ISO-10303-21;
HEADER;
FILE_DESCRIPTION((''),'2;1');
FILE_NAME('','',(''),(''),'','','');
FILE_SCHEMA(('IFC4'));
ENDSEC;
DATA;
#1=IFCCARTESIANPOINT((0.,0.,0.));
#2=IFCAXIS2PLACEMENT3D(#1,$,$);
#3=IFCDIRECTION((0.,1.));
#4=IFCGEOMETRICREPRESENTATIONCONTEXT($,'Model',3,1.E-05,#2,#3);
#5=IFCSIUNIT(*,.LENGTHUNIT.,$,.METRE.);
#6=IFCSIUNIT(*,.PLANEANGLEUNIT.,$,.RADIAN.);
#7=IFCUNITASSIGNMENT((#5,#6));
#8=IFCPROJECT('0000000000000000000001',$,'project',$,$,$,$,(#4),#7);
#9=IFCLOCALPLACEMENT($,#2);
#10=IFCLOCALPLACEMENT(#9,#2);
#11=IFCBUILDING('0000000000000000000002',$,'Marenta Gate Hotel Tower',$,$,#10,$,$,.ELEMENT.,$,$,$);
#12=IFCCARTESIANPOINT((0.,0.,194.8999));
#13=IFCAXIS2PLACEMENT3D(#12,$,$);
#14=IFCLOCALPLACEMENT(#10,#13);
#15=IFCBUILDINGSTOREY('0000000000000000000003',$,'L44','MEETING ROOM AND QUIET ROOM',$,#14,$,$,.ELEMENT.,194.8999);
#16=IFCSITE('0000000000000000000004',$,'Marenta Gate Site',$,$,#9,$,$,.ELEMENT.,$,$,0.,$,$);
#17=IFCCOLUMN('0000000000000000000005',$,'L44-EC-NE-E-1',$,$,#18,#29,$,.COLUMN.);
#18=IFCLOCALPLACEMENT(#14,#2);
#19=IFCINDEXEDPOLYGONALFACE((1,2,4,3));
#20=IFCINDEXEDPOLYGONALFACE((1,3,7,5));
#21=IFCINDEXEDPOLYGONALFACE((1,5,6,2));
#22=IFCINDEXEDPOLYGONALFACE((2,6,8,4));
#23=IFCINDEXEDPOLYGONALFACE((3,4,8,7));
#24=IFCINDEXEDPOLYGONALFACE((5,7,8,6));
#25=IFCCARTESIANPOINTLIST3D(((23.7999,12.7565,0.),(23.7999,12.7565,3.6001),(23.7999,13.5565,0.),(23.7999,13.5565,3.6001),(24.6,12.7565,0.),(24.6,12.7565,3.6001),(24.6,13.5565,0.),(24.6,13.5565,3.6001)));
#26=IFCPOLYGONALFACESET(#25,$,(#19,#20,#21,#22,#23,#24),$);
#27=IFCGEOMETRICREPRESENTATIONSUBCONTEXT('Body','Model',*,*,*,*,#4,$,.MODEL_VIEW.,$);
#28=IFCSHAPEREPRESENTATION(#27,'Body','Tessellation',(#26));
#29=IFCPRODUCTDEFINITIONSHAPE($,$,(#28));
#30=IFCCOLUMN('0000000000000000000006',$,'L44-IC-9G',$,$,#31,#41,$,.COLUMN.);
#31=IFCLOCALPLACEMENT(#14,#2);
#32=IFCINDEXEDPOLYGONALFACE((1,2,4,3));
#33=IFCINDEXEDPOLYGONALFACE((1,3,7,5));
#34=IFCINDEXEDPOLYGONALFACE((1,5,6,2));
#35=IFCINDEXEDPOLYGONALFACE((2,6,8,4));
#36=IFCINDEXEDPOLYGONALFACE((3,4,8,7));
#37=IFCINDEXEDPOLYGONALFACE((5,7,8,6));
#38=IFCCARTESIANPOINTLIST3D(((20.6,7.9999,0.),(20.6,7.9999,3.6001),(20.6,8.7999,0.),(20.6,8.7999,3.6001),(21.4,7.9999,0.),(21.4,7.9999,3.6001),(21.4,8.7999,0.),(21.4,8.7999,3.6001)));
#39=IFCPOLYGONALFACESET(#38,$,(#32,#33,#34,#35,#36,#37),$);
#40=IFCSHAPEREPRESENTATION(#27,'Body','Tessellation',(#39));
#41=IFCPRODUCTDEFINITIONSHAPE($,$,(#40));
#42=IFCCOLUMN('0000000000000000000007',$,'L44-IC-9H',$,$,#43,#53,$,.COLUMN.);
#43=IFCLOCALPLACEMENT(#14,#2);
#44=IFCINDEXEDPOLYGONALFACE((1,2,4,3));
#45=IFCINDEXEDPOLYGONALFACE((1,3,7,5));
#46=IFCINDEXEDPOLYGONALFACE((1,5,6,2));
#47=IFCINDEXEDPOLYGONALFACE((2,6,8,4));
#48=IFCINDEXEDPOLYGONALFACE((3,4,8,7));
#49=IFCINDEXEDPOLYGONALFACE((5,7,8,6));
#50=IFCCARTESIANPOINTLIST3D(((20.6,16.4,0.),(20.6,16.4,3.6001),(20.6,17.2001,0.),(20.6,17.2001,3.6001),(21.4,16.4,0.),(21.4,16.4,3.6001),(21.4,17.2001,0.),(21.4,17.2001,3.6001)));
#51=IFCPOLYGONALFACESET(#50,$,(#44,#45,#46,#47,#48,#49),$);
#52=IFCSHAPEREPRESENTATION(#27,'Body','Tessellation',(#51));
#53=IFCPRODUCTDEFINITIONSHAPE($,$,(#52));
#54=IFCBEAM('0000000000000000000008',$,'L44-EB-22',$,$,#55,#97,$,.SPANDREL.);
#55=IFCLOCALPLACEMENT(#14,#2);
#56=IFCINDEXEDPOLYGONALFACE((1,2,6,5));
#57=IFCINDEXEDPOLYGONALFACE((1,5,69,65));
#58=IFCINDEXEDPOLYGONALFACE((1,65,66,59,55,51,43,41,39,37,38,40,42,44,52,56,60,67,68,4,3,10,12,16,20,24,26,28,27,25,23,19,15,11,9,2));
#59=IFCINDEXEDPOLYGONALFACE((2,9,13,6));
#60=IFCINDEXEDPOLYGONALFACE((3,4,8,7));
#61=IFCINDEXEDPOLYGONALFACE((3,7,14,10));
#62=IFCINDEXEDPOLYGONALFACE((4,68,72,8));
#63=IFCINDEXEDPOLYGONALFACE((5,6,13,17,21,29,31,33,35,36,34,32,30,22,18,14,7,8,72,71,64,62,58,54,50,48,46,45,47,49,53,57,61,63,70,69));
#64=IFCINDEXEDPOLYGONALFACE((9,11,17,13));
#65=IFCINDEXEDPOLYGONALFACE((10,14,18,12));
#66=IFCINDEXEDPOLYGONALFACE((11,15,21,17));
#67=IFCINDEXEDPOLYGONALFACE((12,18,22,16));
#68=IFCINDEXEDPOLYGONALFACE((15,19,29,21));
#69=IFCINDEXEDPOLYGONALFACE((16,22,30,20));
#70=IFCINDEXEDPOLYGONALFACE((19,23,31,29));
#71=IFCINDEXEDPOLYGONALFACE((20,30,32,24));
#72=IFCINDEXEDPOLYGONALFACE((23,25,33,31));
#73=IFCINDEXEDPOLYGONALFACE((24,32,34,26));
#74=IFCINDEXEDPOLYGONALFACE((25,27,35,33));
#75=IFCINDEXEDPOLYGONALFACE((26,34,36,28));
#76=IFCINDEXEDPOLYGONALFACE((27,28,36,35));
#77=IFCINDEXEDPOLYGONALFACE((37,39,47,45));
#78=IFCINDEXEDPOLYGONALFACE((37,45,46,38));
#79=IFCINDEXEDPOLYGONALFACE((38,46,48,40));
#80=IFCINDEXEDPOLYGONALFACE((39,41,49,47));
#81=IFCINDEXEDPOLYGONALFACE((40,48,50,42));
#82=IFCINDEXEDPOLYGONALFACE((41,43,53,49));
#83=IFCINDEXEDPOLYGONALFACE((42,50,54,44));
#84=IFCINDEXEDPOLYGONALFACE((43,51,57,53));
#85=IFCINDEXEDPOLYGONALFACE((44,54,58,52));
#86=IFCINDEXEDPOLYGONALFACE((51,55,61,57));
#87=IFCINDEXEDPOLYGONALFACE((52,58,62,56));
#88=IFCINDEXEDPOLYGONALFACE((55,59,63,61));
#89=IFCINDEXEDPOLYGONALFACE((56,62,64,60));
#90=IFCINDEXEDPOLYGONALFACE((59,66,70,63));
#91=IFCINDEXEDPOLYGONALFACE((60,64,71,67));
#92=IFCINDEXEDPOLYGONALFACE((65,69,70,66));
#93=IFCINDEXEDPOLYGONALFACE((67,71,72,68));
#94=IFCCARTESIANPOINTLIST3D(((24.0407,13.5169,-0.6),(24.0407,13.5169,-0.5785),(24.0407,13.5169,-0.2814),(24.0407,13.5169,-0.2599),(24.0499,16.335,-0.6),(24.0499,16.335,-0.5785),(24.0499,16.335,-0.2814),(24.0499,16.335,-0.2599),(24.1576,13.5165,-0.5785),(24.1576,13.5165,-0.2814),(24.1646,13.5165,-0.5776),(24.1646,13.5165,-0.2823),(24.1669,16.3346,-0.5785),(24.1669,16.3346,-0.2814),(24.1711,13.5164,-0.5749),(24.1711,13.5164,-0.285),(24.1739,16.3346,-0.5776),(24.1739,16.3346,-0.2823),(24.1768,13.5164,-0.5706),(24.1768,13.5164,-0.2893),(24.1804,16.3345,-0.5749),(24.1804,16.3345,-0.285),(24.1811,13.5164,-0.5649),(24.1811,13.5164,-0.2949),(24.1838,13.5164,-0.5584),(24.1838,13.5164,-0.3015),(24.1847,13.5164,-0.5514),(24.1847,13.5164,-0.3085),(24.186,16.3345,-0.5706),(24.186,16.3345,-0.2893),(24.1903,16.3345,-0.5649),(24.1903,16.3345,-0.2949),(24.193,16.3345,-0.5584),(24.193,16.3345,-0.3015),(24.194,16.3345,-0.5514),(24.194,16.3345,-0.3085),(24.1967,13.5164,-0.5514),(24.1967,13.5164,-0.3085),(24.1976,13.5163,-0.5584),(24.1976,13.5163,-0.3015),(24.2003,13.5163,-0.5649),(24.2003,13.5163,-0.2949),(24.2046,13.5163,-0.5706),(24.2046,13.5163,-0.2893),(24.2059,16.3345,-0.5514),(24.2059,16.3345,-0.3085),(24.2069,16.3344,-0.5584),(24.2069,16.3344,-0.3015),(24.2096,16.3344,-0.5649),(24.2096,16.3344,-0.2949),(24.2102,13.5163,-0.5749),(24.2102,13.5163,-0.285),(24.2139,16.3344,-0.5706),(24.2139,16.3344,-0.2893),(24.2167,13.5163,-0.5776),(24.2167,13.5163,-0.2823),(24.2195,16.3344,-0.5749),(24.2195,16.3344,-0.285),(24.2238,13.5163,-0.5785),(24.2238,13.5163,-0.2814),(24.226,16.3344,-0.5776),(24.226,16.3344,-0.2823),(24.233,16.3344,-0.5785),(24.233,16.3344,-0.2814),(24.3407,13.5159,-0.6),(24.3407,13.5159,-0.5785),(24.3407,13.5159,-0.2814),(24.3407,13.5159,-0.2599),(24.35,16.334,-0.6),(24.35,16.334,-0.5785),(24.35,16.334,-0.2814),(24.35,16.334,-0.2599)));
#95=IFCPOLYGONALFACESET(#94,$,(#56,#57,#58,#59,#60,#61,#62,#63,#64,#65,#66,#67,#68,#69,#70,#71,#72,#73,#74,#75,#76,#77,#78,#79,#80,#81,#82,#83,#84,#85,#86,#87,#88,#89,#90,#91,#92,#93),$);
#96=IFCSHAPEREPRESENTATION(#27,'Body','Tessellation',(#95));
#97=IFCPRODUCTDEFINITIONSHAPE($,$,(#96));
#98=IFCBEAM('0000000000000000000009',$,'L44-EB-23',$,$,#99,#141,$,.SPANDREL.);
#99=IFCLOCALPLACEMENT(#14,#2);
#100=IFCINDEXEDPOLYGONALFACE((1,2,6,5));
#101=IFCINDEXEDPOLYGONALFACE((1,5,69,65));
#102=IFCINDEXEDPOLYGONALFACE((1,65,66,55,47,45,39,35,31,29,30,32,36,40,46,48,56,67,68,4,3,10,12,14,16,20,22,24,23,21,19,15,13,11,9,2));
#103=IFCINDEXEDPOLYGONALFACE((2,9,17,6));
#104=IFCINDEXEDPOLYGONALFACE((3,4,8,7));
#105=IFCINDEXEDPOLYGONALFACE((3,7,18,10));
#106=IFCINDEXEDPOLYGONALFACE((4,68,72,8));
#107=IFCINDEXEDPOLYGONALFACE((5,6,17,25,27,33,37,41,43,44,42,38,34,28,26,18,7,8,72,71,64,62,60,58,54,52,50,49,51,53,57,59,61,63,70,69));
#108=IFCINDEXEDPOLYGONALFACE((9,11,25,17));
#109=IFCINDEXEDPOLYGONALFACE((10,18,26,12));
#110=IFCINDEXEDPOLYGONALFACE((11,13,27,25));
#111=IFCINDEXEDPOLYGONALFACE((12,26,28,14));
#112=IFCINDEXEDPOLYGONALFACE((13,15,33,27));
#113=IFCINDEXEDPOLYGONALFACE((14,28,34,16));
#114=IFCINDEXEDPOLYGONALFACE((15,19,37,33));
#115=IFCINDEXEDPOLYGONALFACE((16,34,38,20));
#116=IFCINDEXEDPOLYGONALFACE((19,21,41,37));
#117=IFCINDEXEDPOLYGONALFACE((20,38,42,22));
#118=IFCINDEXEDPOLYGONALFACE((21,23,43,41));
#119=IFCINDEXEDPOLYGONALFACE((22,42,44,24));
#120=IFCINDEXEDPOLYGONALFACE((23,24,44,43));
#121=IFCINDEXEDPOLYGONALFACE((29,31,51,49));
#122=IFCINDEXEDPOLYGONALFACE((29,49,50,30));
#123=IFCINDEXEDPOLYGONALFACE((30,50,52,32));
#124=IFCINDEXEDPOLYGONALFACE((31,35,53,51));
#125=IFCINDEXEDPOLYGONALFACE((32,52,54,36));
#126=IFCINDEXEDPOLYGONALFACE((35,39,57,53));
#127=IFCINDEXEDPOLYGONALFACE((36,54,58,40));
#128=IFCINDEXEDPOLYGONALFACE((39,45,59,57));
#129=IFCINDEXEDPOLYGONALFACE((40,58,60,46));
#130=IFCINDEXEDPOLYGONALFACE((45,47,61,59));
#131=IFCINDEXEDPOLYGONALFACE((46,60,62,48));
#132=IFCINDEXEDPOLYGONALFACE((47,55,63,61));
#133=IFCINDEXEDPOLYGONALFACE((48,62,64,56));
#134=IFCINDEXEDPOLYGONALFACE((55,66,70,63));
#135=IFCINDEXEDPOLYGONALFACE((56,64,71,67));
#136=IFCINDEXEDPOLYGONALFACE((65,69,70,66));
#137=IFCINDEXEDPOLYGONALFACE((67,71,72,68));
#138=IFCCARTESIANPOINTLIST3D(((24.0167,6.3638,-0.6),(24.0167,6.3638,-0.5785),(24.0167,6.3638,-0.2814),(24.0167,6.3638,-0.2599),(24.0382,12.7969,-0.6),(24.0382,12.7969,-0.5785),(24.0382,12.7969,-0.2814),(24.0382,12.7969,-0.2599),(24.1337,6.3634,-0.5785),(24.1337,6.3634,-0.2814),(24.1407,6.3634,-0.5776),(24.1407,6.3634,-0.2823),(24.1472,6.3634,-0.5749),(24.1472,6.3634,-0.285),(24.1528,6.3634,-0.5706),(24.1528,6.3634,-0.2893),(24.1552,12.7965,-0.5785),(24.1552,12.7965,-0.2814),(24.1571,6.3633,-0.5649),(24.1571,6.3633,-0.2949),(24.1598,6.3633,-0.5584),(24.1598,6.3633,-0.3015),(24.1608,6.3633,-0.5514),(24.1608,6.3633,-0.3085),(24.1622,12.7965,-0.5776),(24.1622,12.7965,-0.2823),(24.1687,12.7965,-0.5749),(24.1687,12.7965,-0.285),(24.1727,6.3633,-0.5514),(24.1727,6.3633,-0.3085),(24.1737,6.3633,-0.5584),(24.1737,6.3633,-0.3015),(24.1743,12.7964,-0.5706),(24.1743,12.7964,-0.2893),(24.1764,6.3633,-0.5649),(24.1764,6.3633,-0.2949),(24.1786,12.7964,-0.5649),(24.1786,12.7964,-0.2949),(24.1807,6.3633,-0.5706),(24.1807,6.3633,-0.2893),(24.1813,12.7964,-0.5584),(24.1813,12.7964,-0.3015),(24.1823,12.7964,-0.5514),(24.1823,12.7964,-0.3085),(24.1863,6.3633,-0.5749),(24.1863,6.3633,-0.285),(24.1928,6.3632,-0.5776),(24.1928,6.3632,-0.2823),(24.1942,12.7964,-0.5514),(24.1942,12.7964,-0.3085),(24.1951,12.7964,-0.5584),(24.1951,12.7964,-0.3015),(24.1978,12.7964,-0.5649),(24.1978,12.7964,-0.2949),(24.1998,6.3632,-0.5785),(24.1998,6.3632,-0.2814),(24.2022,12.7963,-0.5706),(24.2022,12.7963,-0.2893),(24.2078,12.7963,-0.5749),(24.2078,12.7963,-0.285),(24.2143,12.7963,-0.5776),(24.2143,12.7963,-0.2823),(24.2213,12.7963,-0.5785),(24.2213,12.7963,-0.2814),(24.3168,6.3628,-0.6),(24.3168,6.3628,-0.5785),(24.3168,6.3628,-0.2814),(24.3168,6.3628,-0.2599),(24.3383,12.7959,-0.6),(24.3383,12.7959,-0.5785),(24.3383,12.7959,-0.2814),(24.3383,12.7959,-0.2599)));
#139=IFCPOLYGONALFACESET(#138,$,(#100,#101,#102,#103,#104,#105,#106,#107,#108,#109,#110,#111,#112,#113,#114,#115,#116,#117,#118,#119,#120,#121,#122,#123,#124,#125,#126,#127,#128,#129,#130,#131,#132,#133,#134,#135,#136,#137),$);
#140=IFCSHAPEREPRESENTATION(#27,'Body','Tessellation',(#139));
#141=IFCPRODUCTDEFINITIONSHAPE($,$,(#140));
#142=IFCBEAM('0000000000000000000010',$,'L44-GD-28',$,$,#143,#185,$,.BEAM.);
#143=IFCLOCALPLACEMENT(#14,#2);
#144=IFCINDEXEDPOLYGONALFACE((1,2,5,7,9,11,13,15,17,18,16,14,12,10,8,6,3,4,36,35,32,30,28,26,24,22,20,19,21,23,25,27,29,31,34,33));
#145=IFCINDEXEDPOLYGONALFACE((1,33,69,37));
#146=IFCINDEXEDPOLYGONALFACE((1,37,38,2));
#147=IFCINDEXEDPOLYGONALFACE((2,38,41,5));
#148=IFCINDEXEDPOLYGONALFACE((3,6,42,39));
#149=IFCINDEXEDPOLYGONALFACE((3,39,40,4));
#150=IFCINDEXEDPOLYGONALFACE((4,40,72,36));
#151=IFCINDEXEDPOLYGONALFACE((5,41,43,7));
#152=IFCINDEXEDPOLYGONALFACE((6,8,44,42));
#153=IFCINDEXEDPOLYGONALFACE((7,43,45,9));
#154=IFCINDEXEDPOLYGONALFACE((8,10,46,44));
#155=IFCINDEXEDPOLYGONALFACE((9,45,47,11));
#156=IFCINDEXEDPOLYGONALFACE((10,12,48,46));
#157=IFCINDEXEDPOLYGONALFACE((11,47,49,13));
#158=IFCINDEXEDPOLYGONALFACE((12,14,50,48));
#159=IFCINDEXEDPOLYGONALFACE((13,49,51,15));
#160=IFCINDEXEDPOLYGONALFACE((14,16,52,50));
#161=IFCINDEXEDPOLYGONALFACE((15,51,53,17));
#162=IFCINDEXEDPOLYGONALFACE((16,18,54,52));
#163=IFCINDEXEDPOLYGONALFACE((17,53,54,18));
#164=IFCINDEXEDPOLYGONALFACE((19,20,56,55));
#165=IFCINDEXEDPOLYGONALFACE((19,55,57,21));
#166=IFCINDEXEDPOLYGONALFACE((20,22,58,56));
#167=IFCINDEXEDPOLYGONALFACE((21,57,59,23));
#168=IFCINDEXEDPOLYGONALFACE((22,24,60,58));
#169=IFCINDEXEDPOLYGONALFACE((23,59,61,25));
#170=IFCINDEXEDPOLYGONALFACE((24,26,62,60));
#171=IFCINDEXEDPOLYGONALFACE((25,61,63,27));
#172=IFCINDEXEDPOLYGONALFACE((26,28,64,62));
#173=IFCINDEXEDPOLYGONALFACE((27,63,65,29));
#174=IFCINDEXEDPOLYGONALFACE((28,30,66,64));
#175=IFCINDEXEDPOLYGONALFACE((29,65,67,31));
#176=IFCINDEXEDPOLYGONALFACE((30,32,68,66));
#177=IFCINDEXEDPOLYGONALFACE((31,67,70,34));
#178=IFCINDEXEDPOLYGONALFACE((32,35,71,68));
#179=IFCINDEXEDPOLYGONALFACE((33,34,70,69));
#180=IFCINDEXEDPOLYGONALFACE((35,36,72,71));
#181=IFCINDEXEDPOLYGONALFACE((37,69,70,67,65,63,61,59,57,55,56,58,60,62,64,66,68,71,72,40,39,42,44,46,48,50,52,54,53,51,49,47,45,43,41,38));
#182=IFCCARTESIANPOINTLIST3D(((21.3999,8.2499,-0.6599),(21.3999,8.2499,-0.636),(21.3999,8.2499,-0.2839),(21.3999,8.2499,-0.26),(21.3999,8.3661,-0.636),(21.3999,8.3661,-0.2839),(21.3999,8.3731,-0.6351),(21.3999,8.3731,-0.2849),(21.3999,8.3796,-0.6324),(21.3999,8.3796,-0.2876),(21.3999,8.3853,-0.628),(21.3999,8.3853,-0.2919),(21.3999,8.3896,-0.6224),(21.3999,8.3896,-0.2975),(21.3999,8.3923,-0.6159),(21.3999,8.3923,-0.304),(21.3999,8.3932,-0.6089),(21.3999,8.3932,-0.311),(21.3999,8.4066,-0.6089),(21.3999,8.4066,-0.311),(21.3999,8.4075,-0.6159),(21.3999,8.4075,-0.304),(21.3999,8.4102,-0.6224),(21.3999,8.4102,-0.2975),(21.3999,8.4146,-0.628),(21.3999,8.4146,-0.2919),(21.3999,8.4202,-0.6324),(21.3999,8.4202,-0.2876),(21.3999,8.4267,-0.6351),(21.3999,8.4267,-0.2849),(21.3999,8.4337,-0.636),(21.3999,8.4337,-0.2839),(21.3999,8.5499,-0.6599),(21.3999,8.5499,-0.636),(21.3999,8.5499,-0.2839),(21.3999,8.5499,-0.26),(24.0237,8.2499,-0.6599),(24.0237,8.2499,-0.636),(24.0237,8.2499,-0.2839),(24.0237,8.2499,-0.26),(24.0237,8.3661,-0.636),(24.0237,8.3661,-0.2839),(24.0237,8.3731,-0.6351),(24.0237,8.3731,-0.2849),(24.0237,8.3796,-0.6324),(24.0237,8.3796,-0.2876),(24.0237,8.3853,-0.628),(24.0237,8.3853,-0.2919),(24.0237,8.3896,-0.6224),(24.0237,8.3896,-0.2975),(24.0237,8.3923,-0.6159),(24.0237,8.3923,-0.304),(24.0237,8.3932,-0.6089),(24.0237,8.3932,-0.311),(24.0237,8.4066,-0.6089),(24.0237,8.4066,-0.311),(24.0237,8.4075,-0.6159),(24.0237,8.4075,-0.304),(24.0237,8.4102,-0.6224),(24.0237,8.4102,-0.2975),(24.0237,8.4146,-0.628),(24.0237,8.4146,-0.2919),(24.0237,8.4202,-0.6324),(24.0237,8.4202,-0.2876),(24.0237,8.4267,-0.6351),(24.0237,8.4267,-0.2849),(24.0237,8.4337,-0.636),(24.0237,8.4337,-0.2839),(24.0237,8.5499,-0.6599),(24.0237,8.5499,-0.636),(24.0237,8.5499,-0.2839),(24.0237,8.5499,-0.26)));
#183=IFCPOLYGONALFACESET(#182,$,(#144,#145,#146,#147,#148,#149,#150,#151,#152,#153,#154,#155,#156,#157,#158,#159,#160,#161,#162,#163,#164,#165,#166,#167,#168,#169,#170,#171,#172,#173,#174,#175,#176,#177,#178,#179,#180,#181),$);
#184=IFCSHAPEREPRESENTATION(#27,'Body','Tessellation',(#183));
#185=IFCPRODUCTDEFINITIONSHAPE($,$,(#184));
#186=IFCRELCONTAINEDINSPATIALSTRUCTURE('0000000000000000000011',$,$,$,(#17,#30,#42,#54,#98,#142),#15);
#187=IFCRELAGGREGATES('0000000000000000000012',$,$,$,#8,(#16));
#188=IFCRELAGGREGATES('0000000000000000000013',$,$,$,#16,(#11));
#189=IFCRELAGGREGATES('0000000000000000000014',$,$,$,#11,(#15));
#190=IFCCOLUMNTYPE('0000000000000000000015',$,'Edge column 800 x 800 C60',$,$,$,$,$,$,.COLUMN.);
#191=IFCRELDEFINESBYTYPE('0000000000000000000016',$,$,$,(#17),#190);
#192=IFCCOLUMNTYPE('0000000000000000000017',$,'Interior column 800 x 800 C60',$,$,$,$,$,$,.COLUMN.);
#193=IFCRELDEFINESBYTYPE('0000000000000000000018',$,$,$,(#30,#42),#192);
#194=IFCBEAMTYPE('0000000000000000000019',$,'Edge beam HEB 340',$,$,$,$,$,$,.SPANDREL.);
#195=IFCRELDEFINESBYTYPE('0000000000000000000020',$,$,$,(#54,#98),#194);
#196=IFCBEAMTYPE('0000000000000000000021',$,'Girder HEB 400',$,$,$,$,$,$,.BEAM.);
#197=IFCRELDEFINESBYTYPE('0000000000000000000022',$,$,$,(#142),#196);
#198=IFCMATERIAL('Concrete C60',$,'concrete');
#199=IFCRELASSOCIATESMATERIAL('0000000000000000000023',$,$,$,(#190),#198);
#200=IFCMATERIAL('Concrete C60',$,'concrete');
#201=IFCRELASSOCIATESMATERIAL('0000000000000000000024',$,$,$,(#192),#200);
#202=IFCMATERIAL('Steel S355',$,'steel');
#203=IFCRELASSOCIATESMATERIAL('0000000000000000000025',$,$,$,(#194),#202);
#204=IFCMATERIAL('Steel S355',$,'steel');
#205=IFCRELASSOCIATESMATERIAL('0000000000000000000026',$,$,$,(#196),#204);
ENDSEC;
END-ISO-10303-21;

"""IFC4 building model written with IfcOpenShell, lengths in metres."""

from ifc_helpers import new_model, si_unit, direction, frame, origin, origin_2d, place, context, subcontext, project, spatial, rectangle, i_section, extrude, material, material_profile, profile_set, type_object, element, save


model = new_model("IFC4")

# Units and contexts
model_context = context("Model", 3, precision=1e-05, world=origin(), true_north=direction((0.0, 1.0)))
body_context = subcontext(model_context, "Body", "Model", "MODEL_VIEW")
ifc_project = project(units=[si_unit("LENGTHUNIT", "METRE"), si_unit("PLANEANGLEUNIT", "RADIAN")], contexts=[model_context])

# Site, building, storey
site_placement = place(None, origin())
site = spatial("IfcSite", under=ifc_project, at=site_placement, Name="Marenta Gate Site", CompositionType="ELEMENT", RefElevation=0.0)
building_placement = place(site_placement, origin())
building = spatial("IfcBuilding", under=site, at=building_placement, Name="Marenta Gate Hotel Tower", CompositionType="ELEMENT")
storey_placement = place(building_placement, frame((0.0, 0.0, 194.8999)))
storey = spatial("IfcBuildingStorey", under=building, at=storey_placement, Name="L44", Description="MEETING ROOM AND QUIET ROOM", CompositionType="ELEMENT", Elevation=194.8999)

# Columns
ifc_material_1 = material(Name="Concrete C60", Category="concrete")
ifc_material_profile_1 = material_profile(ifc_material_1, rectangle(XDim=0.8, YDim=0.8, at=origin_2d()), Name="800 x 800")
ifc_profile_set_1 = profile_set([ifc_material_profile_1], Name="Concrete C60")
column_type_1 = type_object("IfcColumnType", Name="Edge column 800 x 800 C60", PredefinedType="COLUMN", material=ifc_profile_set_1)
column_placement = place(storey_placement, frame((24.2, 13.1565, 0.0), z_axis=(0.0, 0.0, 1.0), x_axis=(1.0, 0.0, 0.0)))
element("IfcColumn", 1, at=column_placement, inside=storey, type_object=column_type_1, Name="L44-EC-NE-E-1", PredefinedType="COLUMN", context=body_context, shape_type="SweptSolid", body=[
    extrude(rectangle(XDim=0.8, YDim=0.8, at=origin_2d()), origin(), (0.0, 0.0, 1.0), 3.6001),
])
ifc_material_2 = material(Name="Concrete C60", Category="concrete")
ifc_material_profile_2 = material_profile(ifc_material_2, rectangle(XDim=0.8, YDim=0.8, at=origin_2d()), Name="800 x 800")
ifc_profile_set_2 = profile_set([ifc_material_profile_2], Name="Concrete C60")
column_type_2 = type_object("IfcColumnType", Name="Interior column 800 x 800 C60", PredefinedType="COLUMN", material=ifc_profile_set_2)
for number, where, z_axis, x_axis, name in (
    (2, (21.0, 8.3999, 0.0), (0.0, 0.0, 1.0), (1.0, 0.0, 0.0), "L44-IC-9G"),
    (3, (21.0, 16.8, 0.0), (0.0, 0.0, 1.0), (1.0, 0.0, 0.0), "L44-IC-9H"),
):
    element("IfcColumn", number, at=place(storey_placement, frame(where, z_axis=z_axis, x_axis=x_axis)), inside=storey, type_object=column_type_2, Name=name, PredefinedType="COLUMN", context=body_context, shape_type="SweptSolid", body=[
        extrude(rectangle(XDim=0.8, YDim=0.8, at=origin_2d()), origin(), (0.0, 0.0, 1.0), 3.6001),
    ])

# Beams
ifc_material_3 = material(Name="Steel S355", Category="steel")
ifc_material_profile_3 = material_profile(ifc_material_3, i_section(OverallWidth=0.3, OverallDepth=0.3401, WebThickness=0.012, FlangeThickness=0.0215, FilletRadius=0.0271, at=origin_2d()), Name="HEB 340")
ifc_profile_set_3 = profile_set([ifc_material_profile_3], Name="Steel S355")
beam_type_1 = type_object("IfcBeamType", Name="Edge beam HEB 340", PredefinedType="SPANDREL", material=ifc_profile_set_3)
beam_1_placement = place(storey_placement, frame((24.2, 16.3345, -0.4299), z_axis=(-0.003292, -0.999995, 0.0), x_axis=(0.999995, -0.003292, 0.0)))
element("IfcBeam", 4, at=beam_1_placement, inside=storey, type_object=beam_type_1, Name="L44-EB-22", PredefinedType="SPANDREL", context=body_context, shape_type="SweptSolid", body=[
    extrude(i_section(OverallWidth=0.3, OverallDepth=0.3401, WebThickness=0.012, FlangeThickness=0.0215, FilletRadius=0.0271, at=origin_2d()), origin(), (0.0, 0.0, 1.0), 2.8181),
])
beam_2_placement = place(storey_placement, frame((24.1882, 12.7964, -0.4299), z_axis=(-0.00334, -0.999994, 0.0), x_axis=(0.999994, -0.00334, 0.0)))
element("IfcBeam", 5, at=beam_2_placement, inside=storey, type_object=beam_type_1, Name="L44-EB-23", PredefinedType="SPANDREL", context=body_context, shape_type="SweptSolid", body=[
    extrude(i_section(OverallWidth=0.3, OverallDepth=0.3401, WebThickness=0.012, FlangeThickness=0.0215, FilletRadius=0.0271, at=origin_2d()), origin(), (0.0, 0.0, 1.0), 6.4331),
])
ifc_material_4 = material(Name="Steel S355", Category="steel")
ifc_material_profile_4 = material_profile(ifc_material_4, i_section(OverallWidth=0.3, OverallDepth=0.3999, WebThickness=0.0134, FlangeThickness=0.0239, FilletRadius=0.0271, at=origin_2d()), Name="HEB 400")
ifc_profile_set_4 = profile_set([ifc_material_profile_4], Name="Steel S355")
beam_type_2 = type_object("IfcBeamType", Name="Girder HEB 400", PredefinedType="BEAM", material=ifc_profile_set_4)
beam_3_placement = place(storey_placement, frame((21.3999, 8.3999, -0.46), z_axis=(1.0, 0.0, 0.0), x_axis=(0.0, 1.0, 0.0)))
element("IfcBeam", 6, at=beam_3_placement, inside=storey, type_object=beam_type_2, Name="L44-GD-28", PredefinedType="BEAM", context=body_context, shape_type="SweptSolid", body=[
    extrude(i_section(OverallWidth=0.3, OverallDepth=0.3999, WebThickness=0.0134, FlangeThickness=0.0239, FilletRadius=0.0271, at=origin_2d()), origin(), (0.0, 0.0, 1.0), 2.6238),
])

save(model, "model.ifc")
